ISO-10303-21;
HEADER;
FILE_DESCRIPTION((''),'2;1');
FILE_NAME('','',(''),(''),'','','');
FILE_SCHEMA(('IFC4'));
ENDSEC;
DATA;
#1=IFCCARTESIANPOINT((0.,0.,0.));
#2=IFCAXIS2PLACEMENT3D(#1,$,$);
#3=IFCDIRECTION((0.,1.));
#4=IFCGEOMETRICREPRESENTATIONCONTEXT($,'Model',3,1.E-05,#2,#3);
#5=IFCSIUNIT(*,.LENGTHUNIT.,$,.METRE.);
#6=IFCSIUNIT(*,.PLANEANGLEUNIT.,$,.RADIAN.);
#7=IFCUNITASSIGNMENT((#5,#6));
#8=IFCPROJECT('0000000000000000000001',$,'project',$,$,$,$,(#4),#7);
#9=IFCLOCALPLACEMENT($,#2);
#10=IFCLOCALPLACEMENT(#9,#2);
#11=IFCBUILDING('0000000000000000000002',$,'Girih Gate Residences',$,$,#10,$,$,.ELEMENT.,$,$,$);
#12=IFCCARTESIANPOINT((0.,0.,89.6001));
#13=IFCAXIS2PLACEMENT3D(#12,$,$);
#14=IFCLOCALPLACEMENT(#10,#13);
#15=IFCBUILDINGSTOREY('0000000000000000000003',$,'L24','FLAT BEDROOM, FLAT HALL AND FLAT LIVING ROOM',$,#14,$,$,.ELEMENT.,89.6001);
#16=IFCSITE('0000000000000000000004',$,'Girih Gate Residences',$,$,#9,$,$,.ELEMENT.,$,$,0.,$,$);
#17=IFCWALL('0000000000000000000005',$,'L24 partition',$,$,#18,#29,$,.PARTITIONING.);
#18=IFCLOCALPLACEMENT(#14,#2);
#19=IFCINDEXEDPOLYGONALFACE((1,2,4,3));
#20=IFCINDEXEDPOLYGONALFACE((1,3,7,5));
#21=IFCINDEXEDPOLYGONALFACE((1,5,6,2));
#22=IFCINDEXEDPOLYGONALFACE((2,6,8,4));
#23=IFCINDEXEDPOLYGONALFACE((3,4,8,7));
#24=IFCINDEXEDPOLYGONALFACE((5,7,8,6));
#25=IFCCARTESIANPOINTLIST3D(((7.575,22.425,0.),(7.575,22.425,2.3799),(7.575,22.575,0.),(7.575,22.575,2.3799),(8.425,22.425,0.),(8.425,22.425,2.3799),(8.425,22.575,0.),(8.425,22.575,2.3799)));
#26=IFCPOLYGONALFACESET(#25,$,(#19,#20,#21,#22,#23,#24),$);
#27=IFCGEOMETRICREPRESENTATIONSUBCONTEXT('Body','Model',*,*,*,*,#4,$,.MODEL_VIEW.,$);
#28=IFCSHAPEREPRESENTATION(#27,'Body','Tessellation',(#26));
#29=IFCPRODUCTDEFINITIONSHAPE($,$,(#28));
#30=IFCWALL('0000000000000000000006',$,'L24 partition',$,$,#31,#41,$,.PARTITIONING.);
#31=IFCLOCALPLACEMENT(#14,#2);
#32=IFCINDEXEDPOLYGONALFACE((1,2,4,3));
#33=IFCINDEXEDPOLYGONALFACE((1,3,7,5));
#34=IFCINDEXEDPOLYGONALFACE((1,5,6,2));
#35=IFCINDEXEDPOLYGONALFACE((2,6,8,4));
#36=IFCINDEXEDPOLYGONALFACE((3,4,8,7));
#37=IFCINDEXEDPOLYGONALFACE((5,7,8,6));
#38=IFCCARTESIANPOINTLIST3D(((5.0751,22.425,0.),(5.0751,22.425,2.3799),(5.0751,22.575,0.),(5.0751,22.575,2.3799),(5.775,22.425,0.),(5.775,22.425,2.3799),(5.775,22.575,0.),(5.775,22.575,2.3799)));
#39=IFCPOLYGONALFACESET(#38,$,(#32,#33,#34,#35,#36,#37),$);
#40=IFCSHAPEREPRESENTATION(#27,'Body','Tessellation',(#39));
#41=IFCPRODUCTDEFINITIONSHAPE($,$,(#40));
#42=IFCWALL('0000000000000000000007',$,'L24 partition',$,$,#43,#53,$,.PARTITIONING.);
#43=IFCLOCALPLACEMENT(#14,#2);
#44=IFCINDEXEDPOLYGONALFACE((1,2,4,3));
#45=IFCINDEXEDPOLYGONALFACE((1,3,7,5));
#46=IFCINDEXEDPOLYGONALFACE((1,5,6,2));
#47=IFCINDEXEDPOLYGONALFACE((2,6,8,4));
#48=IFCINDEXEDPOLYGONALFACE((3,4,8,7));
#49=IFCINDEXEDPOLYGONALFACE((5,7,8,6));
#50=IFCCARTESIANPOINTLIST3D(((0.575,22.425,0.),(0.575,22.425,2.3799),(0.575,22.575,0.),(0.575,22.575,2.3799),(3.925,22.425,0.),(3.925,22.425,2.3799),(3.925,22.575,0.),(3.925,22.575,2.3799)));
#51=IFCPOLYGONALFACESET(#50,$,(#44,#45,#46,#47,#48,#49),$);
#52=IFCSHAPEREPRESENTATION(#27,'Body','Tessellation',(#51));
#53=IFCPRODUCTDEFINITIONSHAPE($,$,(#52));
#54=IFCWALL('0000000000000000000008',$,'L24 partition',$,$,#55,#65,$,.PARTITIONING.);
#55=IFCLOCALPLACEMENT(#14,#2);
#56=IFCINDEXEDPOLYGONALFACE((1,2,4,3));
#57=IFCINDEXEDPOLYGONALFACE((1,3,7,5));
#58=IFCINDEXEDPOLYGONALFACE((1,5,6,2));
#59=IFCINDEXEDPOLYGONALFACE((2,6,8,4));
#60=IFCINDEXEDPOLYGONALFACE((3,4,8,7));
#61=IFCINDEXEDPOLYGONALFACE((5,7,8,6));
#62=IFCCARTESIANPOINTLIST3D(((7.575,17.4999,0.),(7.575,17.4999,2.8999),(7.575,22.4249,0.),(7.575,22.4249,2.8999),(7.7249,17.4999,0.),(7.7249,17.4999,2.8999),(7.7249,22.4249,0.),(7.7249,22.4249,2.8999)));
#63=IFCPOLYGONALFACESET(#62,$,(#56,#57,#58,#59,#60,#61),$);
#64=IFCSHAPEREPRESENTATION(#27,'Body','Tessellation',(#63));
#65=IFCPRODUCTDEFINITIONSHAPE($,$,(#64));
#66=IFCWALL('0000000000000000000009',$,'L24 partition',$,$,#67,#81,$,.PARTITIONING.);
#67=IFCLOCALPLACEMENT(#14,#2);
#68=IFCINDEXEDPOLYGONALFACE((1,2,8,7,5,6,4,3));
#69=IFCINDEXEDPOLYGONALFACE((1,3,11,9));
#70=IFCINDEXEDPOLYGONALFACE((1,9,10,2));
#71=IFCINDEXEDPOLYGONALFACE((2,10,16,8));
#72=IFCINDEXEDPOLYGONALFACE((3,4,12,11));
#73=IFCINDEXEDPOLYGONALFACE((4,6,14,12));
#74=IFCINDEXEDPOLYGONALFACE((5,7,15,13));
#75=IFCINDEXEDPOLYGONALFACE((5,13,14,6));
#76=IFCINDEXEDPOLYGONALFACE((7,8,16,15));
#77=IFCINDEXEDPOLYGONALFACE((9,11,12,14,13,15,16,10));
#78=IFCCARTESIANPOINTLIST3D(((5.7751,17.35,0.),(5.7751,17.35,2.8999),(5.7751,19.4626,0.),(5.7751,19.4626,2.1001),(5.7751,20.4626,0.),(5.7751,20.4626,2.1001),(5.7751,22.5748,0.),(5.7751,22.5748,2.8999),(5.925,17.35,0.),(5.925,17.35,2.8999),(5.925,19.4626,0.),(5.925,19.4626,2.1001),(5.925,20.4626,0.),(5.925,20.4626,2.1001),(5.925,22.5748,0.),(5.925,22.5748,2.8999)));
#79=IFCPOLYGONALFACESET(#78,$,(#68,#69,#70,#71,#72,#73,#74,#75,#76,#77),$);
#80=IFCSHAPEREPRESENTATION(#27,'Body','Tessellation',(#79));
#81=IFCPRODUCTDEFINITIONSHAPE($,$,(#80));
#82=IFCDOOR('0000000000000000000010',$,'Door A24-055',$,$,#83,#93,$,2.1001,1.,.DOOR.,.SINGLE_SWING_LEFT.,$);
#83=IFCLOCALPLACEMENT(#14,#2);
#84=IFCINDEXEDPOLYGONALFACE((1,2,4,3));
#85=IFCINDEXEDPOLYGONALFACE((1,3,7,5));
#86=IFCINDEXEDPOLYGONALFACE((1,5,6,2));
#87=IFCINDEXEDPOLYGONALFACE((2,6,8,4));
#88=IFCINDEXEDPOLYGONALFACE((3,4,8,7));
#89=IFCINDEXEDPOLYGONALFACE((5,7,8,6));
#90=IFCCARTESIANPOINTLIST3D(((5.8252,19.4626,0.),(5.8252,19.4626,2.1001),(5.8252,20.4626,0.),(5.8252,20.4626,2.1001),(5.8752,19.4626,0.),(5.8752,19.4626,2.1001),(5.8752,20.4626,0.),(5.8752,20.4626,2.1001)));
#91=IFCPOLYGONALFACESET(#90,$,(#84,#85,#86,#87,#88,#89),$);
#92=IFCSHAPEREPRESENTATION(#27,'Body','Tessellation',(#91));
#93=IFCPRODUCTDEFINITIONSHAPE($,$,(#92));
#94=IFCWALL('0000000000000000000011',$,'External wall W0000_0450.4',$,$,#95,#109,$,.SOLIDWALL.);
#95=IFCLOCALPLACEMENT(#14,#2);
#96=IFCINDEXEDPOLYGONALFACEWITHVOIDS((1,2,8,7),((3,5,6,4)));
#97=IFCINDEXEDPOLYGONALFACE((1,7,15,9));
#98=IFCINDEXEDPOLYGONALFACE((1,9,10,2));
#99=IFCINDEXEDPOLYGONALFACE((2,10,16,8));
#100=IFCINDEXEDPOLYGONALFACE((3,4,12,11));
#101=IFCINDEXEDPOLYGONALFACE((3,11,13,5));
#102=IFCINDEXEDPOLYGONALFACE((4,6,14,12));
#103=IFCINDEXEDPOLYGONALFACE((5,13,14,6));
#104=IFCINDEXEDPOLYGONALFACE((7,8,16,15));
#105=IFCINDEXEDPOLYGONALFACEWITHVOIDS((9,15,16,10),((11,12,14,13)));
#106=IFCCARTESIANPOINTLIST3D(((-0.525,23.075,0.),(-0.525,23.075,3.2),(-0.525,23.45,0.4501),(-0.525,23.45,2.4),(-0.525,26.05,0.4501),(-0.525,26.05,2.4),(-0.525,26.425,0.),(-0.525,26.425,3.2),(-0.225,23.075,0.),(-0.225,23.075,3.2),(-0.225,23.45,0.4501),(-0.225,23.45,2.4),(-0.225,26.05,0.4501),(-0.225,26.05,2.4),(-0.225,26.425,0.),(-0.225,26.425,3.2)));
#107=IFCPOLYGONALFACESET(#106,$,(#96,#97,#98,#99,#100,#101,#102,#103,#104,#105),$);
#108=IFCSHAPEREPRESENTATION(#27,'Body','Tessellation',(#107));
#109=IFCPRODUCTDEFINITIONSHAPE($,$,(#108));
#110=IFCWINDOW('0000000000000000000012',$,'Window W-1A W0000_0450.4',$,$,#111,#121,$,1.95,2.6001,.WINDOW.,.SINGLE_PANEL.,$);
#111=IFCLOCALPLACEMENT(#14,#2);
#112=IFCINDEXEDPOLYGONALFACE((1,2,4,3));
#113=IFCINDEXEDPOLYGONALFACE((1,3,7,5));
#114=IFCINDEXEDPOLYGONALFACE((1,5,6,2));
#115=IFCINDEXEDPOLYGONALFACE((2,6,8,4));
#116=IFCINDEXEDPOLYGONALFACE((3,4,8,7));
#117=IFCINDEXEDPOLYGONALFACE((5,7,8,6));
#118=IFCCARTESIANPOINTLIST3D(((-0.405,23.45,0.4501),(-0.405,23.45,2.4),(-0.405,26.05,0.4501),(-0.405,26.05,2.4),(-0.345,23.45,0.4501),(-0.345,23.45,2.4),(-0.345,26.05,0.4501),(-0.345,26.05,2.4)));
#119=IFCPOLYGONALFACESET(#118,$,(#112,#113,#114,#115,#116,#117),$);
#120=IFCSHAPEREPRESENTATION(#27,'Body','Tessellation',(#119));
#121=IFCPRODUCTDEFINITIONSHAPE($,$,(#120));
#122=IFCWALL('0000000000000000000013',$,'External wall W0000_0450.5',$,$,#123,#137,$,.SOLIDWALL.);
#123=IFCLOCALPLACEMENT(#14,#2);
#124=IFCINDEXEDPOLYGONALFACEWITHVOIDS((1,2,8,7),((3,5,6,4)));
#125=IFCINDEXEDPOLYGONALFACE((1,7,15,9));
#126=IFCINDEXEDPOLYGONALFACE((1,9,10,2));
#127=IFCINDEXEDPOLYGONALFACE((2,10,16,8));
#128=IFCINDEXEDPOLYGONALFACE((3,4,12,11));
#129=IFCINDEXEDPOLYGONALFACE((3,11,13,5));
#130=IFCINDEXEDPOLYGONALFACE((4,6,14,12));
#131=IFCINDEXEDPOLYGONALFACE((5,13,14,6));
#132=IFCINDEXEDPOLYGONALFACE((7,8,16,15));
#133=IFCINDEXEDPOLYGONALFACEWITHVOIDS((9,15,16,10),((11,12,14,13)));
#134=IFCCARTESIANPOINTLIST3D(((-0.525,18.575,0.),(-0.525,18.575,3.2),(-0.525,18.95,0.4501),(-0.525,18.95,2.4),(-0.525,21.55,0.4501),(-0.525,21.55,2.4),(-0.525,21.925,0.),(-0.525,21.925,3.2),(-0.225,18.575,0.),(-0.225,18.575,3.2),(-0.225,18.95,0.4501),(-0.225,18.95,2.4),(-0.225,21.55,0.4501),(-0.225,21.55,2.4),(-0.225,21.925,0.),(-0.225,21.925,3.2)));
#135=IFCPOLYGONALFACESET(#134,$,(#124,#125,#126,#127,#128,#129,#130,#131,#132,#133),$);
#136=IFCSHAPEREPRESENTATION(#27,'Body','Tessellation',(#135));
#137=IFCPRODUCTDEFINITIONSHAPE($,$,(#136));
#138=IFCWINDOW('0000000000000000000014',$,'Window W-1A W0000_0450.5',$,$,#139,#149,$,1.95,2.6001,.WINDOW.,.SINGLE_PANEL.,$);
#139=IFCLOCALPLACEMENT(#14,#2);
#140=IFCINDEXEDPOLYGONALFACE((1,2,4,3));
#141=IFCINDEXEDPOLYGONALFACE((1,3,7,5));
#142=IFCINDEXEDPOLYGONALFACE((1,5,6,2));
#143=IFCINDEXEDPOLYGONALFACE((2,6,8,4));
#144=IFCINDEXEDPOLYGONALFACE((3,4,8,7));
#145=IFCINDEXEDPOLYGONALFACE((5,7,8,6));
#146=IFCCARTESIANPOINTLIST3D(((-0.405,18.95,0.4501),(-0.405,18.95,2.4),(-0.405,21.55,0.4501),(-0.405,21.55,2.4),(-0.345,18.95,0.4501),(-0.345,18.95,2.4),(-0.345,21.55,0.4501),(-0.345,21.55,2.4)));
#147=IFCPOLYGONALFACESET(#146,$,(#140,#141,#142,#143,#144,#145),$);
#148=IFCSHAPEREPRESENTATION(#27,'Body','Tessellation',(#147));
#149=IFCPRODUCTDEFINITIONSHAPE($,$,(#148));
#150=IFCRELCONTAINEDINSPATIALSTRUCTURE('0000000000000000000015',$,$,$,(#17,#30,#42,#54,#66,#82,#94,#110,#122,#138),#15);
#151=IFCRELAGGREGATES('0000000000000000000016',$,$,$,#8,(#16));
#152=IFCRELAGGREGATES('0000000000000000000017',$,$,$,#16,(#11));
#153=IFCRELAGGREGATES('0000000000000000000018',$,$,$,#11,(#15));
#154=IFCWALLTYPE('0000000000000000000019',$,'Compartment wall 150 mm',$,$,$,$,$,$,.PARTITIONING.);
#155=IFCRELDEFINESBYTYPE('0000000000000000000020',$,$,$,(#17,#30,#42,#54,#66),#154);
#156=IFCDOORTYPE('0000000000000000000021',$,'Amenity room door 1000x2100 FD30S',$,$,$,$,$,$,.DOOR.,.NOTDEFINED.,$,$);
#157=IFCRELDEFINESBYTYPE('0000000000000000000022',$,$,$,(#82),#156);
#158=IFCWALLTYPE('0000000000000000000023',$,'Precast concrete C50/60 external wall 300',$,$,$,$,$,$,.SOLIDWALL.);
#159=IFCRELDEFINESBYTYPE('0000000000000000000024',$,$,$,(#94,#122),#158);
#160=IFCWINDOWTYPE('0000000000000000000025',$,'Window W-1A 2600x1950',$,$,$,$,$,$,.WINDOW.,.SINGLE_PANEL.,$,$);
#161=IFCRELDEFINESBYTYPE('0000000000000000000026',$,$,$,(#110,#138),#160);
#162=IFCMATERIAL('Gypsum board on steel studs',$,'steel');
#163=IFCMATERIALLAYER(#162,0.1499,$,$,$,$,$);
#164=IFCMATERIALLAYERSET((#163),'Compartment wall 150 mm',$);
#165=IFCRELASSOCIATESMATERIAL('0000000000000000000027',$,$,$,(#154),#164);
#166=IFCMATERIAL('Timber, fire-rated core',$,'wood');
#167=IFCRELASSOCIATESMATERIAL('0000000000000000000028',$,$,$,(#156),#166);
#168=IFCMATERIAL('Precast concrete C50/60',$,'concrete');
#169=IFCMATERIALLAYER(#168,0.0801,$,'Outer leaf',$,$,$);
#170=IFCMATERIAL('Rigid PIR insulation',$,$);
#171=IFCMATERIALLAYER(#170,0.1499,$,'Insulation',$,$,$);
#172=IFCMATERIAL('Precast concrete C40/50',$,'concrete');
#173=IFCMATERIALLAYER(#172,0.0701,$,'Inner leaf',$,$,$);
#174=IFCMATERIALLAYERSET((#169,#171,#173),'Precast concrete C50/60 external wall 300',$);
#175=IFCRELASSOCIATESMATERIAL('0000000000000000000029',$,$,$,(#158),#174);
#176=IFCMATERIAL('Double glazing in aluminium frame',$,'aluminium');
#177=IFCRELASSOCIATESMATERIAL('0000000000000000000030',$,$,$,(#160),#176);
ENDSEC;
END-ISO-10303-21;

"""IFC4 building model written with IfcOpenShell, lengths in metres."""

from ifc_helpers import new_model, si_unit, direction, frame, frame_2d, origin, place, context, subcontext, project, spatial, rectangle, extrude, material, layer, layer_set, type_object, element, fill, save


model = new_model("IFC4")

# Units and contexts
model_context = context("Model", 3, precision=1e-05, world=origin(), true_north=direction((0.0, 1.0)))
body_context = subcontext(model_context, "Body", "Model", "MODEL_VIEW")
ifc_project = project(units=[si_unit("LENGTHUNIT", "METRE"), si_unit("PLANEANGLEUNIT", "RADIAN")], contexts=[model_context])

# Site, building, storey
site_placement = place(None, origin())
site = spatial("IfcSite", under=ifc_project, at=site_placement, Name="Girih Gate Residences", CompositionType="ELEMENT", RefElevation=0.0)
building_placement = place(site_placement, origin())
building = spatial("IfcBuilding", under=site, at=building_placement, Name="Girih Gate Residences", CompositionType="ELEMENT")
storey_placement = place(building_placement, frame((0.0, 0.0, 89.6001)))
storey = spatial("IfcBuildingStorey", under=building, at=storey_placement, Name="L24", Description="FLAT BEDROOM, FLAT HALL AND FLAT LIVING ROOM", CompositionType="ELEMENT", Elevation=89.6001)

# Shared definitions
ifc_material_1 = material(Name="Gypsum board on steel studs", Category="steel")
ifc_layer_1 = layer(ifc_material_1, 0.1499)
ifc_layer_set_1 = layer_set([ifc_layer_1], Name="Compartment wall 150 mm")
wall_type_1 = type_object("IfcWallType", Name="Compartment wall 150 mm", PredefinedType="PARTITIONING", material=ifc_layer_set_1)

# Walls
wall_1_placement = place(storey_placement, frame((7.575, 22.5, 0.0), z_axis=(0.0, 0.0, 1.0), x_axis=(1.0, 0.0, 0.0)))
element("IfcWall", 1, at=wall_1_placement, inside=storey, type_object=wall_type_1, Name="L24 partition", PredefinedType="PARTITIONING", context=body_context, shape_type="SweptSolid", body=[
    extrude(rectangle(XDim=0.8501, YDim=0.1499, at=frame_2d((0.425, 0.0))), origin(), (0.0, 0.0, 1.0), 2.3799),
])
wall_2_placement = place(storey_placement, frame((5.075, 22.5, 0.0), z_axis=(0.0, 0.0, 1.0), x_axis=(1.0, 0.0, 0.0)))
element("IfcWall", 2, at=wall_2_placement, inside=storey, type_object=wall_type_1, Name="L24 partition", PredefinedType="PARTITIONING", context=body_context, shape_type="SweptSolid", body=[
    extrude(rectangle(XDim=0.7, YDim=0.1499, at=frame_2d((0.3501, 0.0))), origin(), (0.0, 0.0, 1.0), 2.3799),
])
wall_3_placement = place(storey_placement, frame((0.575, 22.5, 0.0), z_axis=(0.0, 0.0, 1.0), x_axis=(1.0, 0.0, 0.0)))
element("IfcWall", 3, at=wall_3_placement, inside=storey, type_object=wall_type_1, Name="L24 partition", PredefinedType="PARTITIONING", context=body_context, shape_type="SweptSolid", body=[
    extrude(rectangle(XDim=3.3501, YDim=0.1499, at=frame_2d((1.675, 0.0))), origin(), (0.0, 0.0, 1.0), 2.3799),
])
wall_4_placement = place(storey_placement, frame((7.6499, 17.5, 0.0), z_axis=(0.0, 0.0, 1.0), x_axis=(0.0, 1.0, 0.0)))
element("IfcWall", 4, at=wall_4_placement, inside=storey, type_object=wall_type_1, Name="L24 partition", PredefinedType="PARTITIONING", context=body_context, shape_type="SweptSolid", body=[
    extrude(rectangle(XDim=4.925, YDim=0.1499, at=frame_2d((2.4624, 0.0))), origin(), (0.0, 0.0, 1.0), 2.8999),
])

# Wall, opening, door
wall_5_placement = place(storey_placement, frame((5.8501, 17.3501, 0.0), z_axis=(0.0, 0.0, 1.0), x_axis=(0.0, 1.0, 0.0)))
wall_5 = element("IfcWall", 5, at=wall_5_placement, inside=storey, type_object=wall_type_1, Name="L24 partition", PredefinedType="PARTITIONING", context=body_context, shape_type="SweptSolid", body=[
    extrude(rectangle(XDim=5.2249, YDim=0.1499, at=frame_2d((2.6123, 0.0))), origin(), (0.0, 0.0, 1.0), 2.8999),
])
opening_1_placement = place(wall_5_placement, frame((2.1125, 0.0, 0.0)))
opening_1 = element("IfcOpeningElement", 6, at=opening_1_placement, cuts=wall_5, PredefinedType="OPENING", context=body_context, shape_type="SweptSolid", body=[
    extrude(rectangle(XDim=1.0, YDim=2.1001, at=frame_2d((0.5, 1.05))), frame((0.0, 0.085, 0.0), z_axis=(0.0, -1.0, 0.0), x_axis=(1.0, 0.0, 0.0)), (0.0, 0.0, 1.0), 0.1699),
])
ifc_material_2 = material(Name="Timber, fire-rated core", Category="wood")
door_type_1 = type_object("IfcDoorType", Name="Amenity room door 1000x2100 FD30S", OperationType="NOTDEFINED", PredefinedType="DOOR", material=ifc_material_2)
door_1_placement = place(opening_1_placement, origin())
door_1 = element("IfcDoor", 7, at=door_1_placement, inside=storey, type_object=door_type_1, Name="Door A24-055", OperationType="SINGLE_SWING_LEFT", OverallHeight=2.1001, OverallWidth=1.0, PredefinedType="DOOR", context=body_context, shape_type="SweptSolid", body=[
    extrude(rectangle(XDim=1.0, YDim=2.1001, at=frame_2d((0.5, 1.05))), frame((0.0, 0.0249, 0.0), z_axis=(0.0, -1.0, 0.0), x_axis=(1.0, 0.0, 0.0)), (0.0, 0.0, 1.0), 0.05),
])
fill(opening_1, door_1)

# Walls, openings, windows
ifc_material_3 = material(Name="Precast concrete C50/60", Category="concrete")
ifc_layer_2 = layer(ifc_material_3, 0.0801, Name="Outer leaf")
ifc_material_4 = material(Name="Rigid PIR insulation")
ifc_layer_3 = layer(ifc_material_4, 0.1499, Name="Insulation")
ifc_material_5 = material(Name="Precast concrete C40/50", Category="concrete")
ifc_layer_4 = layer(ifc_material_5, 0.0701, Name="Inner leaf")
ifc_layer_set_2 = layer_set([ifc_layer_2, ifc_layer_3, ifc_layer_4], Name="Precast concrete C50/60 external wall 300")
wall_type_2 = type_object("IfcWallType", Name="Precast concrete C50/60 external wall 300", PredefinedType="SOLIDWALL", material=ifc_layer_set_2)
wall_6_placement = place(storey_placement, frame((-0.375, 23.075, 0.0), z_axis=(0.0, 0.0, 1.0), x_axis=(0.0, 1.0, 0.0)))
wall_6 = element("IfcWall", 8, at=wall_6_placement, inside=storey, type_object=wall_type_2, Name="External wall W0000_0450.4", PredefinedType="SOLIDWALL", context=body_context, shape_type="SweptSolid", body=[
    extrude(rectangle(XDim=3.3501, YDim=0.3, at=frame_2d((1.675, 0.0))), origin(), (0.0, 0.0, 1.0), 3.2),
])
opening_2_placement = place(wall_6_placement, frame((0.375, 0.0, 0.45)))
opening_2 = element("IfcOpeningElement", 9, at=opening_2_placement, cuts=wall_6, PredefinedType="OPENING", context=body_context, shape_type="SweptSolid", body=[
    extrude(rectangle(XDim=2.6001, YDim=1.95, at=frame_2d((1.3, 0.9751))), frame((0.0, 0.1599, 0.0), z_axis=(0.0, -1.0, 0.0), x_axis=(1.0, 0.0, 0.0)), (0.0, 0.0, 1.0), 0.3201),
])
ifc_material_6 = material(Name="Double glazing in aluminium frame", Category="aluminium")
window_type = type_object("IfcWindowType", Name="Window W-1A 2600x1950", PartitioningType="SINGLE_PANEL", PredefinedType="WINDOW", material=ifc_material_6)
window_1_placement = place(opening_2_placement, origin())
window_1 = element("IfcWindow", 10, at=window_1_placement, inside=storey, type_object=window_type, Name="Window W-1A W0000_0450.4", OverallHeight=1.95, OverallWidth=2.6001, PartitioningType="SINGLE_PANEL", PredefinedType="WINDOW", context=body_context, shape_type="SweptSolid", body=[
    extrude(rectangle(XDim=2.6001, YDim=1.95, at=frame_2d((1.3, 0.9751))), frame((0.0, 0.03, 0.0), z_axis=(0.0, -1.0, 0.0), x_axis=(1.0, 0.0, 0.0)), (0.0, 0.0, 1.0), 0.0601),
])
fill(opening_2, window_1)
wall_7_placement = place(storey_placement, frame((-0.375, 18.575, 0.0), z_axis=(0.0, 0.0, 1.0), x_axis=(0.0, 1.0, 0.0)))
wall_7 = element("IfcWall", 11, at=wall_7_placement, inside=storey, type_object=wall_type_2, Name="External wall W0000_0450.5", PredefinedType="SOLIDWALL", context=body_context, shape_type="SweptSolid", body=[
    extrude(rectangle(XDim=3.3501, YDim=0.3, at=frame_2d((1.675, 0.0))), origin(), (0.0, 0.0, 1.0), 3.2),
])
opening_3_placement = place(wall_7_placement, frame((0.375, 0.0, 0.45)))
opening_3 = element("IfcOpeningElement", 12, at=opening_3_placement, cuts=wall_7, PredefinedType="OPENING", context=body_context, shape_type="SweptSolid", body=[
    extrude(rectangle(XDim=2.6001, YDim=1.95, at=frame_2d((1.3, 0.9751))), frame((0.0, 0.1599, 0.0), z_axis=(0.0, -1.0, 0.0), x_axis=(1.0, 0.0, 0.0)), (0.0, 0.0, 1.0), 0.3201),
])
window_2_placement = place(opening_3_placement, origin())
window_2 = element("IfcWindow", 13, at=window_2_placement, inside=storey, type_object=window_type, Name="Window W-1A W0000_0450.5", OverallHeight=1.95, OverallWidth=2.6001, PartitioningType="SINGLE_PANEL", PredefinedType="WINDOW", context=body_context, shape_type="SweptSolid", body=[
    extrude(rectangle(XDim=2.6001, YDim=1.95, at=frame_2d((1.3, 0.9751))), frame((0.0, 0.03, 0.0), z_axis=(0.0, -1.0, 0.0), x_axis=(1.0, 0.0, 0.0)), (0.0, 0.0, 1.0), 0.0601),
])
fill(opening_3, window_2)

save(model, "model.ifc")
